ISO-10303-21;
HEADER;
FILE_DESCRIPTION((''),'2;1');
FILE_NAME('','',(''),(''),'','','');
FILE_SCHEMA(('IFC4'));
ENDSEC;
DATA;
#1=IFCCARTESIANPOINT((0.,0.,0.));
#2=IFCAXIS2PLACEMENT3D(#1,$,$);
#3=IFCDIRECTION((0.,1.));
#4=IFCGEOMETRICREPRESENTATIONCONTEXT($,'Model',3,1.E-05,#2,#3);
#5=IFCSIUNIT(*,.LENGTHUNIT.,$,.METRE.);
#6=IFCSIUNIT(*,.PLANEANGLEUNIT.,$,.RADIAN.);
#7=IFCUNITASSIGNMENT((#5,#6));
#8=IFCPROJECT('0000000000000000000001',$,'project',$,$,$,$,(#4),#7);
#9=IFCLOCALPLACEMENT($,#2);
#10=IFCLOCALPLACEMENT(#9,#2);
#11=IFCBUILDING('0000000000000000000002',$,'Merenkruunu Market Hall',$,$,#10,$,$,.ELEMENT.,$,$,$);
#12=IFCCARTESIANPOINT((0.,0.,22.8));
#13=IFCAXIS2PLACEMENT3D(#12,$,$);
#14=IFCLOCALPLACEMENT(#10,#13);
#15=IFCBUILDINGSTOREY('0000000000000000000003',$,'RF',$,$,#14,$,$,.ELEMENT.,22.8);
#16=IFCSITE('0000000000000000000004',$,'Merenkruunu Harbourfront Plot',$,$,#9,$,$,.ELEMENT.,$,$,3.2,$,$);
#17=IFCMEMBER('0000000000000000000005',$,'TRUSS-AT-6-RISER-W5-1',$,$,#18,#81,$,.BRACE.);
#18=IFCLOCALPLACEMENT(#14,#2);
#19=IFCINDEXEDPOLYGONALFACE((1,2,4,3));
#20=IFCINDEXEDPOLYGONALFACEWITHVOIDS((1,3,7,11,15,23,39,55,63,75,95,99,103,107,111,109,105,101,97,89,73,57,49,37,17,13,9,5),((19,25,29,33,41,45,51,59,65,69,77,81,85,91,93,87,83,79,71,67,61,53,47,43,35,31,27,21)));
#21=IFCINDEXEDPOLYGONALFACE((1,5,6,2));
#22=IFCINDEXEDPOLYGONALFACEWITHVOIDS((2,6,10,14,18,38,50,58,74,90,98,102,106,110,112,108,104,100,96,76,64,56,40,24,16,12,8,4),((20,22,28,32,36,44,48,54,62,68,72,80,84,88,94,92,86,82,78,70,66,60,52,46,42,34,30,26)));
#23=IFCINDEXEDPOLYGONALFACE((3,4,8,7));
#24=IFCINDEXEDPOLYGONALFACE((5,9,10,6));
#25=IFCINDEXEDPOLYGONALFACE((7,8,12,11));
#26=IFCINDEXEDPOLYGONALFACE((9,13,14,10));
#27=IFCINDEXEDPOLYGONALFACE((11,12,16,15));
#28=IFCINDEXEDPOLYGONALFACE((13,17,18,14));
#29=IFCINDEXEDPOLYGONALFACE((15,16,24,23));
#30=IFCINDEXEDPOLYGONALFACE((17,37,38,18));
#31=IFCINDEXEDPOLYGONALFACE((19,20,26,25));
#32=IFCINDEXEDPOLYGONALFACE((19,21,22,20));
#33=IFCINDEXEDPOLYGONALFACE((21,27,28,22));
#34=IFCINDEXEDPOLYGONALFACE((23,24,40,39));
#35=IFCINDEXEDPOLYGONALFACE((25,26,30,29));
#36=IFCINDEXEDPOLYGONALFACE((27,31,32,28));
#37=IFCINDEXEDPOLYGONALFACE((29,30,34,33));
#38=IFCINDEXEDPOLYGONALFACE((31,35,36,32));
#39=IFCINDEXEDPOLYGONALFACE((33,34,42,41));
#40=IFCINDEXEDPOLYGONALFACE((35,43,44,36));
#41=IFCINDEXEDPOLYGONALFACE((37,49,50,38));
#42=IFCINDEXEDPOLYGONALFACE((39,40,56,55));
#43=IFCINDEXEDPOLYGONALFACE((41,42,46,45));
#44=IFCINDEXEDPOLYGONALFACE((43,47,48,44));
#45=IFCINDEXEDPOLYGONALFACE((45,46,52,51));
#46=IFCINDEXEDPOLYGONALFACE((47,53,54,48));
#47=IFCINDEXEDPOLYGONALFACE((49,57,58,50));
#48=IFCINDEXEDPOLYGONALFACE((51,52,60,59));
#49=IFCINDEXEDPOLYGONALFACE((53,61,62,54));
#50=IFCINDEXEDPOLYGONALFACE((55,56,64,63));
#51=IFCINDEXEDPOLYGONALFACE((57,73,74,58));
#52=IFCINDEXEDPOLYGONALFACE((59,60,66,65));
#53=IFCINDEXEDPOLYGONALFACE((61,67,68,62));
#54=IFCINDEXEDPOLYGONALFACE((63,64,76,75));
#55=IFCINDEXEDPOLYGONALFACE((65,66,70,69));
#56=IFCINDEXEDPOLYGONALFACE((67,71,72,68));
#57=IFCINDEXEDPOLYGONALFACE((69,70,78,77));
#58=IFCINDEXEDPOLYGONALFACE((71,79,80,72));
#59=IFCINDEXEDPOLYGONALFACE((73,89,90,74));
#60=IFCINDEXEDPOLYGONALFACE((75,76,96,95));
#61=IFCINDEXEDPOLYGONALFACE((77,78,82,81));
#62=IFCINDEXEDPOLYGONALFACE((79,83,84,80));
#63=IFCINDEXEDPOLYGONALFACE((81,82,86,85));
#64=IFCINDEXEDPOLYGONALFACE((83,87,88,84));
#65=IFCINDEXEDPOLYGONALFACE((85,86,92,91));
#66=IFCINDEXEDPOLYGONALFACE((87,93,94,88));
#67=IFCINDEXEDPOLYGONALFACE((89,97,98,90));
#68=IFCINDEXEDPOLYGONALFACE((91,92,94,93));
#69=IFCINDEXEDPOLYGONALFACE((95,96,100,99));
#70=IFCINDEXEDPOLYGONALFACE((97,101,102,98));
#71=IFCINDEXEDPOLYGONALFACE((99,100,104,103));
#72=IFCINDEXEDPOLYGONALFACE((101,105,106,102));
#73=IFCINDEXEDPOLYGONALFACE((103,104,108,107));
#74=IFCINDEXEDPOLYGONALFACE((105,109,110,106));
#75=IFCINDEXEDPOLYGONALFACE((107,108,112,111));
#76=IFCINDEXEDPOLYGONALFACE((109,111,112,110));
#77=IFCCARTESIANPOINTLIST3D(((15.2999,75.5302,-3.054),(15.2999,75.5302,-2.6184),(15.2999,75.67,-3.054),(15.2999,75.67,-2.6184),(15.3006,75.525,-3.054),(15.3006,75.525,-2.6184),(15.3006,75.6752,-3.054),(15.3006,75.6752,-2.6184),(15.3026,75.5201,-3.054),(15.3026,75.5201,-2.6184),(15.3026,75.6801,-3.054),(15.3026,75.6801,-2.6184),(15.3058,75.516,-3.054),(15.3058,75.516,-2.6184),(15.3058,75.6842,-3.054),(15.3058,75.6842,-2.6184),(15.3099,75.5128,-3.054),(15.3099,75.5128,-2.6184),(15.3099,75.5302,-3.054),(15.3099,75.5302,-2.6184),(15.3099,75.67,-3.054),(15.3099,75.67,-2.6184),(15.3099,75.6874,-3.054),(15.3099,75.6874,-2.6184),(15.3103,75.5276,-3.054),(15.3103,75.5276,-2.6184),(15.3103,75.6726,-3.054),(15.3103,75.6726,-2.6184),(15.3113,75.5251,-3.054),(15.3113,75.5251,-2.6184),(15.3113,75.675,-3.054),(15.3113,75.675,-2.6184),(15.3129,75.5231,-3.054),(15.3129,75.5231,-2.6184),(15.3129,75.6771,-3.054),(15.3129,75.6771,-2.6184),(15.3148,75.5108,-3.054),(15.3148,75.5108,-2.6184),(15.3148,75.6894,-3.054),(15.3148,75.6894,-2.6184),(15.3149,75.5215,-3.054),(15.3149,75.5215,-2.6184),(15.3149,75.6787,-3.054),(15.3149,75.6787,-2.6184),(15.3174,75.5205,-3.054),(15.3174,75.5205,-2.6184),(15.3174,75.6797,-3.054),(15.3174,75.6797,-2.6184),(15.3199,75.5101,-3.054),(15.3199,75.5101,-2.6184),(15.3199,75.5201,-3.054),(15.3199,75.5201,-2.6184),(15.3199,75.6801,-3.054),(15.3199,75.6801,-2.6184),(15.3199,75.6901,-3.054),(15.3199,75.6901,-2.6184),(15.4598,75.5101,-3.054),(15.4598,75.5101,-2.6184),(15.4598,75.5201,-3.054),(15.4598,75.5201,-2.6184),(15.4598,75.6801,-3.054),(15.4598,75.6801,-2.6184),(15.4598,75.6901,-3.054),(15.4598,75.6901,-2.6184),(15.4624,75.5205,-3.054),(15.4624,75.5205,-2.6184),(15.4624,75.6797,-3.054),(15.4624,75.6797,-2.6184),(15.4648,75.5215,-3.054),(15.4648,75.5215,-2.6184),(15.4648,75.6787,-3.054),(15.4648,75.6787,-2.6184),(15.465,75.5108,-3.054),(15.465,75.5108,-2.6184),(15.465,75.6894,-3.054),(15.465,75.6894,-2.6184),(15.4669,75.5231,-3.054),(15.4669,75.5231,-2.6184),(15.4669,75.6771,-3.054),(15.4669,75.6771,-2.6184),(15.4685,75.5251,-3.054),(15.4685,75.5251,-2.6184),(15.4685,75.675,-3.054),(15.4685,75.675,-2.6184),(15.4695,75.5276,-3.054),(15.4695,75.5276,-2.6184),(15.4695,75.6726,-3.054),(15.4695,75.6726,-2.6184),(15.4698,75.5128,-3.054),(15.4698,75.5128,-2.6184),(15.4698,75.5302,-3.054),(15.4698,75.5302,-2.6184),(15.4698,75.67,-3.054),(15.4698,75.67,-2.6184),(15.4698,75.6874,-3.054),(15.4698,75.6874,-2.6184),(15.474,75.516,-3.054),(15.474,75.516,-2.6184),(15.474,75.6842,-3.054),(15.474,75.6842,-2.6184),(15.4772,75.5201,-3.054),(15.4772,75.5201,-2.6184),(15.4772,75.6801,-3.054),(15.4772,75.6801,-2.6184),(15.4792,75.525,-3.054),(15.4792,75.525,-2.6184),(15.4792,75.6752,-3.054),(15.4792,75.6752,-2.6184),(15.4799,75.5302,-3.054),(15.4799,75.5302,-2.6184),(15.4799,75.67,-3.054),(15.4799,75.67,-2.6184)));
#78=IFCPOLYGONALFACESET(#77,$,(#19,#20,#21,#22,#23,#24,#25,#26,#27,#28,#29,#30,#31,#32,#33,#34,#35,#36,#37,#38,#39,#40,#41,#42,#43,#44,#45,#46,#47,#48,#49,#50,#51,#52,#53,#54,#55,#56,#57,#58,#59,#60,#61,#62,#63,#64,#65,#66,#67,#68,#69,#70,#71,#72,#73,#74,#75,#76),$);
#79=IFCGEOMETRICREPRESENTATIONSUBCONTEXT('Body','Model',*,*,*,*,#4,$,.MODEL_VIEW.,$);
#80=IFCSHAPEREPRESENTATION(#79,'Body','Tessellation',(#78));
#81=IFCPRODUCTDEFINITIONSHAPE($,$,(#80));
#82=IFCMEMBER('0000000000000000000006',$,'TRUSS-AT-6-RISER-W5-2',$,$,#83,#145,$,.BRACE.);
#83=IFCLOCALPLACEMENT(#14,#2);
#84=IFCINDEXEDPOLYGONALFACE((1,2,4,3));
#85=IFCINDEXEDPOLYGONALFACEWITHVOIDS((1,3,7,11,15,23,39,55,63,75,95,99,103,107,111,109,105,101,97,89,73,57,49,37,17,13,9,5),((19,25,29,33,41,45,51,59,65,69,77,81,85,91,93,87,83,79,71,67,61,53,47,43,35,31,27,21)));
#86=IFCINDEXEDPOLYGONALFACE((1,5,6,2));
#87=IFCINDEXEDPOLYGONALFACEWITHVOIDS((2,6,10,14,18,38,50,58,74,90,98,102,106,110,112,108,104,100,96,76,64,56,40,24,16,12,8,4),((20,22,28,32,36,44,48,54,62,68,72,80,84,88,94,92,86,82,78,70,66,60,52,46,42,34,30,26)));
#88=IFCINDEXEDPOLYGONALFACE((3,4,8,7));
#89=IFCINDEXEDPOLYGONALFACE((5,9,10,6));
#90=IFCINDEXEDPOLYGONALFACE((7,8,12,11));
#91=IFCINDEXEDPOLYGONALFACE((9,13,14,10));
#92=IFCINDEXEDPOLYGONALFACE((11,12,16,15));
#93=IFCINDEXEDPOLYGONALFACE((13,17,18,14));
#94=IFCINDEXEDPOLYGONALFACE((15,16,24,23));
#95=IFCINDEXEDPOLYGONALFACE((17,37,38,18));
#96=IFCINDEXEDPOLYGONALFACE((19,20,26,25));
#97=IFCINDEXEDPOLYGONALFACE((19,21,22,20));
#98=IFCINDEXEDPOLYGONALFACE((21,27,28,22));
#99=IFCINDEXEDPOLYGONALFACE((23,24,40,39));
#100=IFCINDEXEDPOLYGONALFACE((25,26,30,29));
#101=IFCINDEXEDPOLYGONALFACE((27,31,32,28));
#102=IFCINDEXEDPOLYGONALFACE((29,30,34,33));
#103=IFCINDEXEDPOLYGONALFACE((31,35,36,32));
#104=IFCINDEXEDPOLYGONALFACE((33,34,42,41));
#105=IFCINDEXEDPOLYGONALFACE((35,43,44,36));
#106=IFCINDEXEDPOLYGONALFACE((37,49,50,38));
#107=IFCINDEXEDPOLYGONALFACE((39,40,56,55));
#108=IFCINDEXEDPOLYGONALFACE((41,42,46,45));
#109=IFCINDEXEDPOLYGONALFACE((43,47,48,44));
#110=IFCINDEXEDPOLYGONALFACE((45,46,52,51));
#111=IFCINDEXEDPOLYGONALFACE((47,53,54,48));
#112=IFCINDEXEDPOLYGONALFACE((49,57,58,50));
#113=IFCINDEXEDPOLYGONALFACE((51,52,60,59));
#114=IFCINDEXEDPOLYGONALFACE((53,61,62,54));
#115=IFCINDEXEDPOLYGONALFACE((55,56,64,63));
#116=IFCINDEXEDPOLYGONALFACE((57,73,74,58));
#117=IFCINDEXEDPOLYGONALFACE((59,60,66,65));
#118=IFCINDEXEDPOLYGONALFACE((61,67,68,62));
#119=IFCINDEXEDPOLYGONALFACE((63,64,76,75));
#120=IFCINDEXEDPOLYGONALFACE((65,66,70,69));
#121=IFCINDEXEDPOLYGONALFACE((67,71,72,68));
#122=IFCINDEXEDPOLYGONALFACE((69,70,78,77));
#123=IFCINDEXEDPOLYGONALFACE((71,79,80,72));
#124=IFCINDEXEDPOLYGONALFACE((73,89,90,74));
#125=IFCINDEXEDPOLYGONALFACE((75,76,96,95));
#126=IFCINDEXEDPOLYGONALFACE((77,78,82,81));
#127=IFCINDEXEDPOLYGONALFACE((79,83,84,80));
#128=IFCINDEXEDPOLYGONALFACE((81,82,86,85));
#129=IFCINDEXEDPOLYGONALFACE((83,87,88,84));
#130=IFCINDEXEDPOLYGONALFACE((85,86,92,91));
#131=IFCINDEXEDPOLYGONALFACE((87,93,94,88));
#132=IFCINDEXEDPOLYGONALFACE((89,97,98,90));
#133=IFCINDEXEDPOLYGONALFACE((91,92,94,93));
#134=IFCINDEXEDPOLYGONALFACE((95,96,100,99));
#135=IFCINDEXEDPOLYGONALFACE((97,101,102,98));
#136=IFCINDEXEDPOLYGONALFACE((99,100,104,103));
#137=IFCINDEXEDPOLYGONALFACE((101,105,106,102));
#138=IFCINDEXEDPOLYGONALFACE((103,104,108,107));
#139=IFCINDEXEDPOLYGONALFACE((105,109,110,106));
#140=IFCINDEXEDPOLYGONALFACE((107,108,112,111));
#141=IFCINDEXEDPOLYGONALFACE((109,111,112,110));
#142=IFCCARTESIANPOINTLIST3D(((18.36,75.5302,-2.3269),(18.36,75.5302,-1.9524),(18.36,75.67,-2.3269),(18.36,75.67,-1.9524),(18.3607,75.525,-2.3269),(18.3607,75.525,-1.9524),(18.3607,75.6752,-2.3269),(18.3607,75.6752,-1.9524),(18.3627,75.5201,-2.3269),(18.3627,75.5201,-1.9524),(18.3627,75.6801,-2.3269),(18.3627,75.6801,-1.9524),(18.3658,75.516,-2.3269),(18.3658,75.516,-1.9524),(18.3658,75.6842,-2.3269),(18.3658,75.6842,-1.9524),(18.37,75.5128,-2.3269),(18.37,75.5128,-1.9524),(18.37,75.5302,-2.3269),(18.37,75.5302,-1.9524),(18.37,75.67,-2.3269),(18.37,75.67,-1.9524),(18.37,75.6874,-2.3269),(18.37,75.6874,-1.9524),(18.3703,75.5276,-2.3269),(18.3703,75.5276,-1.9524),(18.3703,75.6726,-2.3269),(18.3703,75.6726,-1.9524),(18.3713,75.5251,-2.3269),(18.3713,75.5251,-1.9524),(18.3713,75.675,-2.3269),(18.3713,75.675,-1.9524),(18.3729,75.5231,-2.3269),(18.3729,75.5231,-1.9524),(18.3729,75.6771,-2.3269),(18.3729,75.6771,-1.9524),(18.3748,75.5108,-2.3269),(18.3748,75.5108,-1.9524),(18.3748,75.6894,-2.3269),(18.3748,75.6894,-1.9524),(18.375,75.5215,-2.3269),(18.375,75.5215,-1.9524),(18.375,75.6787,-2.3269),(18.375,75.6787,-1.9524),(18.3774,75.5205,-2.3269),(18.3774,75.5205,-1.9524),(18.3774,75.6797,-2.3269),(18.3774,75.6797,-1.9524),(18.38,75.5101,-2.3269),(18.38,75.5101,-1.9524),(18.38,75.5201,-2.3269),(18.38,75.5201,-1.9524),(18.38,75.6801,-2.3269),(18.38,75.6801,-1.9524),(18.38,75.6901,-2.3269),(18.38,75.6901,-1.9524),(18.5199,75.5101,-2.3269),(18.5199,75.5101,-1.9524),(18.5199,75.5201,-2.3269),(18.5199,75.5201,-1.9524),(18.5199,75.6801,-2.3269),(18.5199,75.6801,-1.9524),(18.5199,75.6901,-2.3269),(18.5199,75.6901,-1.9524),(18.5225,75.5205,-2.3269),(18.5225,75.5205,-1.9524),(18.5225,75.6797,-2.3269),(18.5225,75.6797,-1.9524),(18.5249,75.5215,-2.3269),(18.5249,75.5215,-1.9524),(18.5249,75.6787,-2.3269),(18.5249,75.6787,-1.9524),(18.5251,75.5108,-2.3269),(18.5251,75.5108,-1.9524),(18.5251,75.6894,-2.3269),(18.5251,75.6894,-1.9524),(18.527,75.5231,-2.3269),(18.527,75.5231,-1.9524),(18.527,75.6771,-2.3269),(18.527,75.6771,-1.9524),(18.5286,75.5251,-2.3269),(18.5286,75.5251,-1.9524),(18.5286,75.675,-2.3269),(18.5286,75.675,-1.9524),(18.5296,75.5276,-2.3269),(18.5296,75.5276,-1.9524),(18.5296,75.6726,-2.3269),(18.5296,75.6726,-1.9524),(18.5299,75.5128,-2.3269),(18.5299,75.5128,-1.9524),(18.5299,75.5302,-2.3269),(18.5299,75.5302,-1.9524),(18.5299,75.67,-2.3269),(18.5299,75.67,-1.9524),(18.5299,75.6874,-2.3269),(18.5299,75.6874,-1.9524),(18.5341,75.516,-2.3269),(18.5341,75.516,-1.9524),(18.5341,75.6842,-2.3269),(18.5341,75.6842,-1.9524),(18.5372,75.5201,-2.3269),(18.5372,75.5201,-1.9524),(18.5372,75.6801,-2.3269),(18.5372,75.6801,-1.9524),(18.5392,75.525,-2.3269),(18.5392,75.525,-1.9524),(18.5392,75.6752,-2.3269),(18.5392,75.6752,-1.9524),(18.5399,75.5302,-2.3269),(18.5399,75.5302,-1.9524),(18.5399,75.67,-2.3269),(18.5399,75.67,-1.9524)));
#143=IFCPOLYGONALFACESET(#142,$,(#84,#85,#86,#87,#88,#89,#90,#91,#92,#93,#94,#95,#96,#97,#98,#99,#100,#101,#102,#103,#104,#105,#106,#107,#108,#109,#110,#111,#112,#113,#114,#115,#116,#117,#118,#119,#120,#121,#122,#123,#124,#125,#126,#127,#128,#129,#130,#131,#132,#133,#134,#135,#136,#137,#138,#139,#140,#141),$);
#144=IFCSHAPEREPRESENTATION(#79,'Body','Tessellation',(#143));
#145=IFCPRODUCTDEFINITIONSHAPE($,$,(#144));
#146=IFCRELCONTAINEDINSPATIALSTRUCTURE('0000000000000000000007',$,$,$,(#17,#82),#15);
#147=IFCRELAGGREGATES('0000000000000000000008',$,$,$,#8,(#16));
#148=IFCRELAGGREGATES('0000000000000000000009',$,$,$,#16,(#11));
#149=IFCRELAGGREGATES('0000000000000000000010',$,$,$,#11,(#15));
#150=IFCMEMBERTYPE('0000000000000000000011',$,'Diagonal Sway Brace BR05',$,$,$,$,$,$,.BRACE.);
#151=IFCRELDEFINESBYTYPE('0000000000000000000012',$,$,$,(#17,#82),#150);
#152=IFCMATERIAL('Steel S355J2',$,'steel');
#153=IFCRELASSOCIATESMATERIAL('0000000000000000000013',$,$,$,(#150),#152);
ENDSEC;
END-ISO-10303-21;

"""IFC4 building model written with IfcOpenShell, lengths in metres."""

from ifc_helpers import new_model, si_unit, direction, frame, origin, origin_2d, place, context, subcontext, project, spatial, hollow_rectangle, extrude, material, material_profile, profile_set, type_object, element, save


model = new_model("IFC4")

# Units and contexts
model_context = context("Model", 3, precision=1e-05, world=origin(), true_north=direction((0.0, 1.0)))
body_context = subcontext(model_context, "Body", "Model", "MODEL_VIEW")
ifc_project = project(units=[si_unit("LENGTHUNIT", "METRE"), si_unit("PLANEANGLEUNIT", "RADIAN")], contexts=[model_context])

# Site, building, storey
site_placement = place(None, origin())
site = spatial("IfcSite", under=ifc_project, at=site_placement, Name="Merenkruunu Harbourfront Plot", CompositionType="ELEMENT", RefElevation=3.2)
building_placement = place(site_placement, origin())
building = spatial("IfcBuilding", under=site, at=building_placement, Name="Merenkruunu Market Hall", CompositionType="ELEMENT")
storey_placement = place(building_placement, frame((0.0, 0.0, 22.8)))
storey = spatial("IfcBuildingStorey", under=building, at=storey_placement, Name="RF", CompositionType="ELEMENT", Elevation=22.8)

# Members
ifc_material_1 = material(Name="Steel S355J2", Category="steel")
ifc_material_profile_1 = material_profile(ifc_material_1, hollow_rectangle(XDim=0.1799, YDim=0.1799, WallThickness=0.01, InnerFilletRadius=0.01, OuterFilletRadius=0.02, at=origin_2d()), Name="SHS 180x180x10")
ifc_profile_set_1 = profile_set([ifc_material_profile_1], Name="Steel S355J2")
member_type_1 = type_object("IfcMemberType", Name="Diagonal Sway Brace BR05", PredefinedType="BRACE", material=ifc_profile_set_1)
member_1_placement = place(storey_placement, frame((15.3899, 75.6001, -3.054), z_axis=(0.0, 0.0, 1.0), x_axis=(1.0, 0.0, 0.0)))
element("IfcMember", 1, at=member_1_placement, inside=storey, type_object=member_type_1, Name="TRUSS-AT-6-RISER-W5-1", PredefinedType="BRACE", context=body_context, shape_type="SweptSolid", body=[
    extrude(hollow_rectangle(XDim=0.1799, YDim=0.1799, WallThickness=0.01, InnerFilletRadius=0.01, OuterFilletRadius=0.02, at=origin_2d()), origin(), (0.0, 0.0, 1.0), 0.4355),
])
member_2_placement = place(storey_placement, frame((18.45, 75.6001, -2.3269), z_axis=(0.0, 0.0, 1.0), x_axis=(1.0, 0.0, 0.0)))
element("IfcMember", 2, at=member_2_placement, inside=storey, type_object=member_type_1, Name="TRUSS-AT-6-RISER-W5-2", PredefinedType="BRACE", context=body_context, shape_type="SweptSolid", body=[
    extrude(hollow_rectangle(XDim=0.1799, YDim=0.1799, WallThickness=0.01, InnerFilletRadius=0.01, OuterFilletRadius=0.02, at=origin_2d()), origin(), (0.0, 0.0, 1.0), 0.3745),
])

save(model, "model.ifc")
